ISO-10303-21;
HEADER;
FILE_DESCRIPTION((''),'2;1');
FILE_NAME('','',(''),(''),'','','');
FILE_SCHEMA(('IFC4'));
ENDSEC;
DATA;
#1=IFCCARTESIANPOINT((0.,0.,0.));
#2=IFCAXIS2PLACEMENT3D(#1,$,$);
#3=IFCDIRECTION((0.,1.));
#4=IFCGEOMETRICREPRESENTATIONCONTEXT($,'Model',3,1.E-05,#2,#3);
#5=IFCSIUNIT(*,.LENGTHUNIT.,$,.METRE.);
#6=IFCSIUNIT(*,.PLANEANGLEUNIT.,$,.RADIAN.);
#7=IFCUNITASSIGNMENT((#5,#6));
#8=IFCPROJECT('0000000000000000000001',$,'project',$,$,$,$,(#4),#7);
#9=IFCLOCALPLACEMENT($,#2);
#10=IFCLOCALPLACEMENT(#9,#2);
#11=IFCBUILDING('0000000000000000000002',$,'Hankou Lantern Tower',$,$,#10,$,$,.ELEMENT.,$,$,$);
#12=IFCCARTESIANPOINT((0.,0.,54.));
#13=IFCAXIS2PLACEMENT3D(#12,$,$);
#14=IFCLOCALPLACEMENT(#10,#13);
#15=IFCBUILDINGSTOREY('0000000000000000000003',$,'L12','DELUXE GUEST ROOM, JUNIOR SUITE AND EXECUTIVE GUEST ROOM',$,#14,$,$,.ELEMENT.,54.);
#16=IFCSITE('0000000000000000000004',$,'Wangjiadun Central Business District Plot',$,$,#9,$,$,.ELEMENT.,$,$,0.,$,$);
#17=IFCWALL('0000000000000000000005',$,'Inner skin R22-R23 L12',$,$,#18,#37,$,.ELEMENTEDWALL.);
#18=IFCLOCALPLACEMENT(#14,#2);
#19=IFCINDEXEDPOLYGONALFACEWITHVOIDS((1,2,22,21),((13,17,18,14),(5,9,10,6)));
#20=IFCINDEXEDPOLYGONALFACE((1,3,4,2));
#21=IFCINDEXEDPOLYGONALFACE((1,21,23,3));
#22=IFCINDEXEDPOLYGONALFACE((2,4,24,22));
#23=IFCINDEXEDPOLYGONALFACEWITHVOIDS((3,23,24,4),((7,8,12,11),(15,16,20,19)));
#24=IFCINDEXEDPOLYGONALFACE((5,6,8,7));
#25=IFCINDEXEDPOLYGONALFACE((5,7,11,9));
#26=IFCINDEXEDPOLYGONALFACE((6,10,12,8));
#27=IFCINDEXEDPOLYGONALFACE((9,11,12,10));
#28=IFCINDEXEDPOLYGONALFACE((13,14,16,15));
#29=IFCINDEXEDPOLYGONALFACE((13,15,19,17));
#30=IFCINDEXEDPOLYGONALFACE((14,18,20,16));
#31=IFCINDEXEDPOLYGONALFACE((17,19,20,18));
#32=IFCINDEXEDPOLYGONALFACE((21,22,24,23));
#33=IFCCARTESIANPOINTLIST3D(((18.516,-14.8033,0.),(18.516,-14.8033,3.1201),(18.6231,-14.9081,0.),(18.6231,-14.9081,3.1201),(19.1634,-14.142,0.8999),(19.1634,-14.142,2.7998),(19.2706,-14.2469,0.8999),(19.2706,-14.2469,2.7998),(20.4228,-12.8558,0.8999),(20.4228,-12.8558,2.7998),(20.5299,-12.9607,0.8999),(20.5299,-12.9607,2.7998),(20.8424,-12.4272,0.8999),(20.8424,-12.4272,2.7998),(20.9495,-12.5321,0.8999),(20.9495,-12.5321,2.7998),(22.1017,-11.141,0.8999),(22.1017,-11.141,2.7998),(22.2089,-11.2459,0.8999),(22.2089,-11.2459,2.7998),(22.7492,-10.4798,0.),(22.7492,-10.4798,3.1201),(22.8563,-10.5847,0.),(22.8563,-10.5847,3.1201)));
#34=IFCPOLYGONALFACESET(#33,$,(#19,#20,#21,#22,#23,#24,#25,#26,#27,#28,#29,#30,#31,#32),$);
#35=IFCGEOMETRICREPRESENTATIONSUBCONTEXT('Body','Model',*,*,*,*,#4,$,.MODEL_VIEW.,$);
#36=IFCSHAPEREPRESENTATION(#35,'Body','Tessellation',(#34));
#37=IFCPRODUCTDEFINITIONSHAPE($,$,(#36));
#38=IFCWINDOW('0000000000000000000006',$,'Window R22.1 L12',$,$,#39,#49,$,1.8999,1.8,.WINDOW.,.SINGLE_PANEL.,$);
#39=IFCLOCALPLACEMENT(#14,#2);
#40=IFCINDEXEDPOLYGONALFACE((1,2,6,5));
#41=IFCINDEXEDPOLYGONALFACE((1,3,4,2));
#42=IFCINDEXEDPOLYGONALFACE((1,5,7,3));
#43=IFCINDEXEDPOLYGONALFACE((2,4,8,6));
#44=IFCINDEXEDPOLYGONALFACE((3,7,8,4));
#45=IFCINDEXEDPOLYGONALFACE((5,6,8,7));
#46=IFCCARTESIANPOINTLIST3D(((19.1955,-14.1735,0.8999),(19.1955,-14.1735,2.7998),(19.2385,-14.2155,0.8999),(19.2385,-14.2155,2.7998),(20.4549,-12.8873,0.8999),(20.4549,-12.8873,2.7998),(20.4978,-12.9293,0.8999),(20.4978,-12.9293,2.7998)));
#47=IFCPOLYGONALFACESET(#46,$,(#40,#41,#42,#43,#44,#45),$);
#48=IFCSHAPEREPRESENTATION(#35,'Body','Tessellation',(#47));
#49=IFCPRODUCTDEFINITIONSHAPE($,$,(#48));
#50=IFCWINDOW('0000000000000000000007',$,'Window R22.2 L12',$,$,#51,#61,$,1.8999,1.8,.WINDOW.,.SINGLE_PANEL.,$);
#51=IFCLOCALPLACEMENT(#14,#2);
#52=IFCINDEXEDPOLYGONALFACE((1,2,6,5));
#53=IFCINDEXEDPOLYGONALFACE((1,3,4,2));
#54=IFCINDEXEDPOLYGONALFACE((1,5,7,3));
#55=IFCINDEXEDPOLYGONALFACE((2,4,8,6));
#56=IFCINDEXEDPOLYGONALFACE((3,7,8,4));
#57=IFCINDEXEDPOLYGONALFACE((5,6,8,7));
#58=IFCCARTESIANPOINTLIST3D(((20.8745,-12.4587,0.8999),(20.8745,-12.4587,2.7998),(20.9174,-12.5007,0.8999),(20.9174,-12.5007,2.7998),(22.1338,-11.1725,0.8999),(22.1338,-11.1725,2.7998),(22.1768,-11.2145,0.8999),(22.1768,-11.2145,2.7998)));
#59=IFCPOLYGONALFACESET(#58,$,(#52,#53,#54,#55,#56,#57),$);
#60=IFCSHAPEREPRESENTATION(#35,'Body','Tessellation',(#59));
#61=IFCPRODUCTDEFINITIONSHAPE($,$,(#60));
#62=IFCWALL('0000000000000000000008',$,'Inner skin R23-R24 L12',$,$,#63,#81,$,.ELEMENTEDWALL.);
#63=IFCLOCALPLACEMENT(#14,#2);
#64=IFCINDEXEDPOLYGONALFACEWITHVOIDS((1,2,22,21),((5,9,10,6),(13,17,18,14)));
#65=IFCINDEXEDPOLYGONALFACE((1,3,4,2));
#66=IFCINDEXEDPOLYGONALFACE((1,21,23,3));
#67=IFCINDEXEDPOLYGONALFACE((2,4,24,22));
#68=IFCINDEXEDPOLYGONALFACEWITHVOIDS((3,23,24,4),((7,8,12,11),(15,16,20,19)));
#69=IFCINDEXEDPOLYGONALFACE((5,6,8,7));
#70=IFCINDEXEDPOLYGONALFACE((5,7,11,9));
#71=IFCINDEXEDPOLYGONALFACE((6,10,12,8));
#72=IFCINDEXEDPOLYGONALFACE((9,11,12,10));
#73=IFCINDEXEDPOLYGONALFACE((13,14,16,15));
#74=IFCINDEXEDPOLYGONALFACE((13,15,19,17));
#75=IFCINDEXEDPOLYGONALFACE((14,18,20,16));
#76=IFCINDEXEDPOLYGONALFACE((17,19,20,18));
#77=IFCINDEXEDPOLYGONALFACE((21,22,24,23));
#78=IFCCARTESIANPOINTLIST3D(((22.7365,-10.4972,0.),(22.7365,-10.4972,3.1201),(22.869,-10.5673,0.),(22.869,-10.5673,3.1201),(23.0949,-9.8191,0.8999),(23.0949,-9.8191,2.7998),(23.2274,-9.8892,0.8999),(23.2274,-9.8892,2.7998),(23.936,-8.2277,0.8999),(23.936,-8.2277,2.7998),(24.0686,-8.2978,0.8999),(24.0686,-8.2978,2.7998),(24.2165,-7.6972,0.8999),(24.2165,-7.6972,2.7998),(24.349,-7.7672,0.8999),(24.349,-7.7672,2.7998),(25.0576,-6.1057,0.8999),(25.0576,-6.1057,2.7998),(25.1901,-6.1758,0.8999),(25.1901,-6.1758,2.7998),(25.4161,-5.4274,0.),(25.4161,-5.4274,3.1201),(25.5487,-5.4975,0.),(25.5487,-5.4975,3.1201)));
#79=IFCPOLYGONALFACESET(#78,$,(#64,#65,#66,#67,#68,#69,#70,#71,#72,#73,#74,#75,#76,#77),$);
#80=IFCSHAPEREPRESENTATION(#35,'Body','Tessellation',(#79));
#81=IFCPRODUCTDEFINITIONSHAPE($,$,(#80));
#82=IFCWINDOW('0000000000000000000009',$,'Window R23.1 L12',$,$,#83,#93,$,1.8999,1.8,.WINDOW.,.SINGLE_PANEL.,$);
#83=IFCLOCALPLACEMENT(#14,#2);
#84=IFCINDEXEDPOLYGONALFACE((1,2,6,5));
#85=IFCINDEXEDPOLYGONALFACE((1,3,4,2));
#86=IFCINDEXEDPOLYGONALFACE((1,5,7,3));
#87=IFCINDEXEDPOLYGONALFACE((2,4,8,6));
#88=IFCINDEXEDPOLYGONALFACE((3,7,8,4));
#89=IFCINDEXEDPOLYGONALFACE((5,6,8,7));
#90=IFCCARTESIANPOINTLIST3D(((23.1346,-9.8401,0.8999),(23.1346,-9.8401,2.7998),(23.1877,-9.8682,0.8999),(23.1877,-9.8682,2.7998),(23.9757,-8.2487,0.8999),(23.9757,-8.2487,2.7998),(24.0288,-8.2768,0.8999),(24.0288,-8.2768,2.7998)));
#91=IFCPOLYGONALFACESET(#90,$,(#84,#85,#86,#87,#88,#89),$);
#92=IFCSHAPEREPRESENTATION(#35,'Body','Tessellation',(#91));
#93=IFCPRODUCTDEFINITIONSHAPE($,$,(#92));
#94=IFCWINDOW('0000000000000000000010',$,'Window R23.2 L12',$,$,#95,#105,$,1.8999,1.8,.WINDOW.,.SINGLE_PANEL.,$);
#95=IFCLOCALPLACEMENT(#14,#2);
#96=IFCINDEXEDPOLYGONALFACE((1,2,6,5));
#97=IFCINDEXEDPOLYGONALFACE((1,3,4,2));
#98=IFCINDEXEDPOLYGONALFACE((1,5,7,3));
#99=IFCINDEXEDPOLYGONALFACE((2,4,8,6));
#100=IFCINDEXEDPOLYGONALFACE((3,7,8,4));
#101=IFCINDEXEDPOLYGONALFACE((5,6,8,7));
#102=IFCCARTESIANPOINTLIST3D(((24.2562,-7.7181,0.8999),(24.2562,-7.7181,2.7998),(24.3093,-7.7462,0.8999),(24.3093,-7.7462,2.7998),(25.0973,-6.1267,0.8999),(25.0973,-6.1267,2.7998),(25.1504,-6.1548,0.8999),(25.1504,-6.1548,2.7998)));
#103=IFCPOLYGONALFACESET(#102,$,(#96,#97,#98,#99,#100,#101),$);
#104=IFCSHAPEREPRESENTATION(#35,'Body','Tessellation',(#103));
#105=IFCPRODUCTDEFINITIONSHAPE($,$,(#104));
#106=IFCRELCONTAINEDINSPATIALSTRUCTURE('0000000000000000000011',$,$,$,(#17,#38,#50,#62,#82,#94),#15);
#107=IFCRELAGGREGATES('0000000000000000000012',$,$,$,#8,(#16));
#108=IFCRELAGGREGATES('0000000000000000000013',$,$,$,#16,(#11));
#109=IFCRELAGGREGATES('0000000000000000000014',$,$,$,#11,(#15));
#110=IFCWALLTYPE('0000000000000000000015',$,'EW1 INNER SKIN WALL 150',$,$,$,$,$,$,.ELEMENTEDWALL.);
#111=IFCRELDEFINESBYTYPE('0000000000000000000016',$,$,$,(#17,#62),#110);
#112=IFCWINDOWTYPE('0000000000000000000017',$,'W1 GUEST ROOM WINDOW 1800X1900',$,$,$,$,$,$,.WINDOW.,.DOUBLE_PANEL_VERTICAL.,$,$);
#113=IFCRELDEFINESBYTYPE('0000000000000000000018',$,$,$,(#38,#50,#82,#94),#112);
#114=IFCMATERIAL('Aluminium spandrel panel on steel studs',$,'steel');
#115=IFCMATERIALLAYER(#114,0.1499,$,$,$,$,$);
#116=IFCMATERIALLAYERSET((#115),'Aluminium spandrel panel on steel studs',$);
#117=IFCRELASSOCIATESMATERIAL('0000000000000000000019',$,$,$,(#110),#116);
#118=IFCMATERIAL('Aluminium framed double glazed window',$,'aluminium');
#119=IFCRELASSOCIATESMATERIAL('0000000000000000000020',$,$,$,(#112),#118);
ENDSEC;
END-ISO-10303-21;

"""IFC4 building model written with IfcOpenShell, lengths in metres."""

from ifc_helpers import new_model, si_unit, direction, frame, frame_2d, origin, place, context, subcontext, project, spatial, rectangle, extrude, material, layer, layer_set, type_object, element, fill, save


model = new_model("IFC4")

# Units and contexts
model_context = context("Model", 3, precision=1e-05, world=origin(), true_north=direction((0.0, 1.0)))
body_context = subcontext(model_context, "Body", "Model", "MODEL_VIEW")
ifc_project = project(units=[si_unit("LENGTHUNIT", "METRE"), si_unit("PLANEANGLEUNIT", "RADIAN")], contexts=[model_context])

# Site, building, storey
site_placement = place(None, origin())
site = spatial("IfcSite", under=ifc_project, at=site_placement, Name="Wangjiadun Central Business District Plot", CompositionType="ELEMENT", RefElevation=0.0)
building_placement = place(site_placement, origin())
building = spatial("IfcBuilding", under=site, at=building_placement, Name="Hankou Lantern Tower", CompositionType="ELEMENT")
storey_placement = place(building_placement, frame((0.0, 0.0, 54.0)))
storey = spatial("IfcBuildingStorey", under=building, at=storey_placement, Name="L12", Description="DELUXE GUEST ROOM, JUNIOR SUITE AND EXECUTIVE GUEST ROOM", CompositionType="ELEMENT", Elevation=54.0)

# Walls, openings, windows
ifc_material_1 = material(Name="Aluminium spandrel panel on steel studs", Category="steel")
ifc_layer_1 = layer(ifc_material_1, 0.1499)
ifc_layer_set_1 = layer_set([ifc_layer_1], Name="Aluminium spandrel panel on steel studs")
wall_type = type_object("IfcWallType", Name="EW1 INNER SKIN WALL 150", PredefinedType="ELEMENTEDWALL", material=ifc_layer_set_1)
wall_1_placement = place(storey_placement, frame((18.5696, -14.8557, 0.0), z_axis=(0.0, 0.0, 1.0), x_axis=(0.699603, 0.714532, 0.0)))
wall_1 = element("IfcWall", 1, at=wall_1_placement, inside=storey, type_object=wall_type, Name="Inner skin R22-R23 L12", PredefinedType="ELEMENTEDWALL", context=body_context, shape_type="SweptSolid", body=[
    extrude(rectangle(XDim=6.0508, YDim=0.1499, at=frame_2d((3.0254, 0.0))), origin(), (0.0, 0.0, 1.0), 3.1201),
])
opening_1_placement = place(wall_1_placement, frame((0.9255, 0.0, 0.8999)))
opening_1 = element("IfcOpeningElement", 2, at=opening_1_placement, cuts=wall_1, PredefinedType="OPENING", context=body_context, shape_type="SweptSolid", body=[
    extrude(rectangle(XDim=1.8, YDim=1.8999, at=frame_2d((0.8999, 0.95))), frame((0.0, 0.085, 0.0), z_axis=(0.0, -1.0, 0.0), x_axis=(1.0, 0.0, 0.0)), (0.0, 0.0, 1.0), 0.1699),
])
opening_2_placement = place(wall_1_placement, frame((3.3254, 0.0, 0.8999)))
opening_2 = element("IfcOpeningElement", 3, at=opening_2_placement, cuts=wall_1, PredefinedType="OPENING", context=body_context, shape_type="SweptSolid", body=[
    extrude(rectangle(XDim=1.8, YDim=1.8999, at=frame_2d((0.8999, 0.95))), frame((0.0, 0.085, 0.0), z_axis=(0.0, -1.0, 0.0), x_axis=(1.0, 0.0, 0.0)), (0.0, 0.0, 1.0), 0.1699),
])
ifc_material_2 = material(Name="Aluminium framed double glazed window", Category="aluminium")
window_type = type_object("IfcWindowType", Name="W1 GUEST ROOM WINDOW 1800X1900", PartitioningType="DOUBLE_PANEL_VERTICAL", PredefinedType="WINDOW", material=ifc_material_2)
window_1_placement = place(opening_1_placement, origin())
window_1 = element("IfcWindow", 4, at=window_1_placement, inside=storey, type_object=window_type, Name="Window R22.1 L12", OverallHeight=1.8999, OverallWidth=1.8, PartitioningType="SINGLE_PANEL", PredefinedType="WINDOW", context=body_context, shape_type="SweptSolid", body=[
    extrude(rectangle(XDim=1.8, YDim=1.8999, at=frame_2d((0.8999, 0.95))), frame((0.0, 0.03, 0.0), z_axis=(0.0, -1.0, 0.0), x_axis=(1.0, 0.0, 0.0)), (0.0, 0.0, 1.0), 0.0601),
])
fill(opening_1, window_1)
window_2_placement = place(opening_2_placement, origin())
window_2 = element("IfcWindow", 5, at=window_2_placement, inside=storey, type_object=window_type, Name="Window R22.2 L12", OverallHeight=1.8999, OverallWidth=1.8, PartitioningType="SINGLE_PANEL", PredefinedType="WINDOW", context=body_context, shape_type="SweptSolid", body=[
    extrude(rectangle(XDim=1.8, YDim=1.8999, at=frame_2d((0.8999, 0.95))), frame((0.0, 0.03, 0.0), z_axis=(0.0, -1.0, 0.0), x_axis=(1.0, 0.0, 0.0)), (0.0, 0.0, 1.0), 0.0601),
])
fill(opening_2, window_2)
wall_2_placement = place(storey_placement, frame((22.8027, -10.5322, 0.0), z_axis=(0.0, 0.0, 1.0), x_axis=(0.467297, 0.8841, 0.0)))
wall_2 = element("IfcWall", 6, at=wall_2_placement, inside=storey, type_object=wall_type, Name="Inner skin R23-R24 L12", PredefinedType="ELEMENTEDWALL", context=body_context, shape_type="SweptSolid", body=[
    extrude(rectangle(XDim=5.7344, YDim=0.1499, at=frame_2d((2.8672, 0.0))), origin(), (0.0, 0.0, 1.0), 3.1201),
])
opening_3_placement = place(wall_2_placement, frame((0.7671, 0.0, 0.8999)))
opening_3 = element("IfcOpeningElement", 7, at=opening_3_placement, cuts=wall_2, PredefinedType="OPENING", context=body_context, shape_type="SweptSolid", body=[
    extrude(rectangle(XDim=1.8, YDim=1.8999, at=frame_2d((0.8999, 0.95))), frame((0.0, 0.085, 0.0), z_axis=(0.0, -1.0, 0.0), x_axis=(1.0, 0.0, 0.0)), (0.0, 0.0, 1.0), 0.1699),
])
opening_4_placement = place(wall_2_placement, frame((3.1672, 0.0, 0.8999)))
opening_4 = element("IfcOpeningElement", 8, at=opening_4_placement, cuts=wall_2, PredefinedType="OPENING", context=body_context, shape_type="SweptSolid", body=[
    extrude(rectangle(XDim=1.8, YDim=1.8999, at=frame_2d((0.8999, 0.95))), frame((0.0, 0.085, 0.0), z_axis=(0.0, -1.0, 0.0), x_axis=(1.0, 0.0, 0.0)), (0.0, 0.0, 1.0), 0.1699),
])
window_3_placement = place(opening_3_placement, origin())
window_3 = element("IfcWindow", 9, at=window_3_placement, inside=storey, type_object=window_type, Name="Window R23.1 L12", OverallHeight=1.8999, OverallWidth=1.8, PartitioningType="SINGLE_PANEL", PredefinedType="WINDOW", context=body_context, shape_type="SweptSolid", body=[
    extrude(rectangle(XDim=1.8, YDim=1.8999, at=frame_2d((0.8999, 0.95))), frame((0.0, 0.03, 0.0), z_axis=(0.0, -1.0, 0.0), x_axis=(1.0, 0.0, 0.0)), (0.0, 0.0, 1.0), 0.0601),
])
fill(opening_3, window_3)
window_4_placement = place(opening_4_placement, origin())
window_4 = element("IfcWindow", 10, at=window_4_placement, inside=storey, type_object=window_type, Name="Window R23.2 L12", OverallHeight=1.8999, OverallWidth=1.8, PartitioningType="SINGLE_PANEL", PredefinedType="WINDOW", context=body_context, shape_type="SweptSolid", body=[
    extrude(rectangle(XDim=1.8, YDim=1.8999, at=frame_2d((0.8999, 0.95))), frame((0.0, 0.03, 0.0), z_axis=(0.0, -1.0, 0.0), x_axis=(1.0, 0.0, 0.0)), (0.0, 0.0, 1.0), 0.0601),
])
fill(opening_4, window_4)

save(model, "model.ifc")
